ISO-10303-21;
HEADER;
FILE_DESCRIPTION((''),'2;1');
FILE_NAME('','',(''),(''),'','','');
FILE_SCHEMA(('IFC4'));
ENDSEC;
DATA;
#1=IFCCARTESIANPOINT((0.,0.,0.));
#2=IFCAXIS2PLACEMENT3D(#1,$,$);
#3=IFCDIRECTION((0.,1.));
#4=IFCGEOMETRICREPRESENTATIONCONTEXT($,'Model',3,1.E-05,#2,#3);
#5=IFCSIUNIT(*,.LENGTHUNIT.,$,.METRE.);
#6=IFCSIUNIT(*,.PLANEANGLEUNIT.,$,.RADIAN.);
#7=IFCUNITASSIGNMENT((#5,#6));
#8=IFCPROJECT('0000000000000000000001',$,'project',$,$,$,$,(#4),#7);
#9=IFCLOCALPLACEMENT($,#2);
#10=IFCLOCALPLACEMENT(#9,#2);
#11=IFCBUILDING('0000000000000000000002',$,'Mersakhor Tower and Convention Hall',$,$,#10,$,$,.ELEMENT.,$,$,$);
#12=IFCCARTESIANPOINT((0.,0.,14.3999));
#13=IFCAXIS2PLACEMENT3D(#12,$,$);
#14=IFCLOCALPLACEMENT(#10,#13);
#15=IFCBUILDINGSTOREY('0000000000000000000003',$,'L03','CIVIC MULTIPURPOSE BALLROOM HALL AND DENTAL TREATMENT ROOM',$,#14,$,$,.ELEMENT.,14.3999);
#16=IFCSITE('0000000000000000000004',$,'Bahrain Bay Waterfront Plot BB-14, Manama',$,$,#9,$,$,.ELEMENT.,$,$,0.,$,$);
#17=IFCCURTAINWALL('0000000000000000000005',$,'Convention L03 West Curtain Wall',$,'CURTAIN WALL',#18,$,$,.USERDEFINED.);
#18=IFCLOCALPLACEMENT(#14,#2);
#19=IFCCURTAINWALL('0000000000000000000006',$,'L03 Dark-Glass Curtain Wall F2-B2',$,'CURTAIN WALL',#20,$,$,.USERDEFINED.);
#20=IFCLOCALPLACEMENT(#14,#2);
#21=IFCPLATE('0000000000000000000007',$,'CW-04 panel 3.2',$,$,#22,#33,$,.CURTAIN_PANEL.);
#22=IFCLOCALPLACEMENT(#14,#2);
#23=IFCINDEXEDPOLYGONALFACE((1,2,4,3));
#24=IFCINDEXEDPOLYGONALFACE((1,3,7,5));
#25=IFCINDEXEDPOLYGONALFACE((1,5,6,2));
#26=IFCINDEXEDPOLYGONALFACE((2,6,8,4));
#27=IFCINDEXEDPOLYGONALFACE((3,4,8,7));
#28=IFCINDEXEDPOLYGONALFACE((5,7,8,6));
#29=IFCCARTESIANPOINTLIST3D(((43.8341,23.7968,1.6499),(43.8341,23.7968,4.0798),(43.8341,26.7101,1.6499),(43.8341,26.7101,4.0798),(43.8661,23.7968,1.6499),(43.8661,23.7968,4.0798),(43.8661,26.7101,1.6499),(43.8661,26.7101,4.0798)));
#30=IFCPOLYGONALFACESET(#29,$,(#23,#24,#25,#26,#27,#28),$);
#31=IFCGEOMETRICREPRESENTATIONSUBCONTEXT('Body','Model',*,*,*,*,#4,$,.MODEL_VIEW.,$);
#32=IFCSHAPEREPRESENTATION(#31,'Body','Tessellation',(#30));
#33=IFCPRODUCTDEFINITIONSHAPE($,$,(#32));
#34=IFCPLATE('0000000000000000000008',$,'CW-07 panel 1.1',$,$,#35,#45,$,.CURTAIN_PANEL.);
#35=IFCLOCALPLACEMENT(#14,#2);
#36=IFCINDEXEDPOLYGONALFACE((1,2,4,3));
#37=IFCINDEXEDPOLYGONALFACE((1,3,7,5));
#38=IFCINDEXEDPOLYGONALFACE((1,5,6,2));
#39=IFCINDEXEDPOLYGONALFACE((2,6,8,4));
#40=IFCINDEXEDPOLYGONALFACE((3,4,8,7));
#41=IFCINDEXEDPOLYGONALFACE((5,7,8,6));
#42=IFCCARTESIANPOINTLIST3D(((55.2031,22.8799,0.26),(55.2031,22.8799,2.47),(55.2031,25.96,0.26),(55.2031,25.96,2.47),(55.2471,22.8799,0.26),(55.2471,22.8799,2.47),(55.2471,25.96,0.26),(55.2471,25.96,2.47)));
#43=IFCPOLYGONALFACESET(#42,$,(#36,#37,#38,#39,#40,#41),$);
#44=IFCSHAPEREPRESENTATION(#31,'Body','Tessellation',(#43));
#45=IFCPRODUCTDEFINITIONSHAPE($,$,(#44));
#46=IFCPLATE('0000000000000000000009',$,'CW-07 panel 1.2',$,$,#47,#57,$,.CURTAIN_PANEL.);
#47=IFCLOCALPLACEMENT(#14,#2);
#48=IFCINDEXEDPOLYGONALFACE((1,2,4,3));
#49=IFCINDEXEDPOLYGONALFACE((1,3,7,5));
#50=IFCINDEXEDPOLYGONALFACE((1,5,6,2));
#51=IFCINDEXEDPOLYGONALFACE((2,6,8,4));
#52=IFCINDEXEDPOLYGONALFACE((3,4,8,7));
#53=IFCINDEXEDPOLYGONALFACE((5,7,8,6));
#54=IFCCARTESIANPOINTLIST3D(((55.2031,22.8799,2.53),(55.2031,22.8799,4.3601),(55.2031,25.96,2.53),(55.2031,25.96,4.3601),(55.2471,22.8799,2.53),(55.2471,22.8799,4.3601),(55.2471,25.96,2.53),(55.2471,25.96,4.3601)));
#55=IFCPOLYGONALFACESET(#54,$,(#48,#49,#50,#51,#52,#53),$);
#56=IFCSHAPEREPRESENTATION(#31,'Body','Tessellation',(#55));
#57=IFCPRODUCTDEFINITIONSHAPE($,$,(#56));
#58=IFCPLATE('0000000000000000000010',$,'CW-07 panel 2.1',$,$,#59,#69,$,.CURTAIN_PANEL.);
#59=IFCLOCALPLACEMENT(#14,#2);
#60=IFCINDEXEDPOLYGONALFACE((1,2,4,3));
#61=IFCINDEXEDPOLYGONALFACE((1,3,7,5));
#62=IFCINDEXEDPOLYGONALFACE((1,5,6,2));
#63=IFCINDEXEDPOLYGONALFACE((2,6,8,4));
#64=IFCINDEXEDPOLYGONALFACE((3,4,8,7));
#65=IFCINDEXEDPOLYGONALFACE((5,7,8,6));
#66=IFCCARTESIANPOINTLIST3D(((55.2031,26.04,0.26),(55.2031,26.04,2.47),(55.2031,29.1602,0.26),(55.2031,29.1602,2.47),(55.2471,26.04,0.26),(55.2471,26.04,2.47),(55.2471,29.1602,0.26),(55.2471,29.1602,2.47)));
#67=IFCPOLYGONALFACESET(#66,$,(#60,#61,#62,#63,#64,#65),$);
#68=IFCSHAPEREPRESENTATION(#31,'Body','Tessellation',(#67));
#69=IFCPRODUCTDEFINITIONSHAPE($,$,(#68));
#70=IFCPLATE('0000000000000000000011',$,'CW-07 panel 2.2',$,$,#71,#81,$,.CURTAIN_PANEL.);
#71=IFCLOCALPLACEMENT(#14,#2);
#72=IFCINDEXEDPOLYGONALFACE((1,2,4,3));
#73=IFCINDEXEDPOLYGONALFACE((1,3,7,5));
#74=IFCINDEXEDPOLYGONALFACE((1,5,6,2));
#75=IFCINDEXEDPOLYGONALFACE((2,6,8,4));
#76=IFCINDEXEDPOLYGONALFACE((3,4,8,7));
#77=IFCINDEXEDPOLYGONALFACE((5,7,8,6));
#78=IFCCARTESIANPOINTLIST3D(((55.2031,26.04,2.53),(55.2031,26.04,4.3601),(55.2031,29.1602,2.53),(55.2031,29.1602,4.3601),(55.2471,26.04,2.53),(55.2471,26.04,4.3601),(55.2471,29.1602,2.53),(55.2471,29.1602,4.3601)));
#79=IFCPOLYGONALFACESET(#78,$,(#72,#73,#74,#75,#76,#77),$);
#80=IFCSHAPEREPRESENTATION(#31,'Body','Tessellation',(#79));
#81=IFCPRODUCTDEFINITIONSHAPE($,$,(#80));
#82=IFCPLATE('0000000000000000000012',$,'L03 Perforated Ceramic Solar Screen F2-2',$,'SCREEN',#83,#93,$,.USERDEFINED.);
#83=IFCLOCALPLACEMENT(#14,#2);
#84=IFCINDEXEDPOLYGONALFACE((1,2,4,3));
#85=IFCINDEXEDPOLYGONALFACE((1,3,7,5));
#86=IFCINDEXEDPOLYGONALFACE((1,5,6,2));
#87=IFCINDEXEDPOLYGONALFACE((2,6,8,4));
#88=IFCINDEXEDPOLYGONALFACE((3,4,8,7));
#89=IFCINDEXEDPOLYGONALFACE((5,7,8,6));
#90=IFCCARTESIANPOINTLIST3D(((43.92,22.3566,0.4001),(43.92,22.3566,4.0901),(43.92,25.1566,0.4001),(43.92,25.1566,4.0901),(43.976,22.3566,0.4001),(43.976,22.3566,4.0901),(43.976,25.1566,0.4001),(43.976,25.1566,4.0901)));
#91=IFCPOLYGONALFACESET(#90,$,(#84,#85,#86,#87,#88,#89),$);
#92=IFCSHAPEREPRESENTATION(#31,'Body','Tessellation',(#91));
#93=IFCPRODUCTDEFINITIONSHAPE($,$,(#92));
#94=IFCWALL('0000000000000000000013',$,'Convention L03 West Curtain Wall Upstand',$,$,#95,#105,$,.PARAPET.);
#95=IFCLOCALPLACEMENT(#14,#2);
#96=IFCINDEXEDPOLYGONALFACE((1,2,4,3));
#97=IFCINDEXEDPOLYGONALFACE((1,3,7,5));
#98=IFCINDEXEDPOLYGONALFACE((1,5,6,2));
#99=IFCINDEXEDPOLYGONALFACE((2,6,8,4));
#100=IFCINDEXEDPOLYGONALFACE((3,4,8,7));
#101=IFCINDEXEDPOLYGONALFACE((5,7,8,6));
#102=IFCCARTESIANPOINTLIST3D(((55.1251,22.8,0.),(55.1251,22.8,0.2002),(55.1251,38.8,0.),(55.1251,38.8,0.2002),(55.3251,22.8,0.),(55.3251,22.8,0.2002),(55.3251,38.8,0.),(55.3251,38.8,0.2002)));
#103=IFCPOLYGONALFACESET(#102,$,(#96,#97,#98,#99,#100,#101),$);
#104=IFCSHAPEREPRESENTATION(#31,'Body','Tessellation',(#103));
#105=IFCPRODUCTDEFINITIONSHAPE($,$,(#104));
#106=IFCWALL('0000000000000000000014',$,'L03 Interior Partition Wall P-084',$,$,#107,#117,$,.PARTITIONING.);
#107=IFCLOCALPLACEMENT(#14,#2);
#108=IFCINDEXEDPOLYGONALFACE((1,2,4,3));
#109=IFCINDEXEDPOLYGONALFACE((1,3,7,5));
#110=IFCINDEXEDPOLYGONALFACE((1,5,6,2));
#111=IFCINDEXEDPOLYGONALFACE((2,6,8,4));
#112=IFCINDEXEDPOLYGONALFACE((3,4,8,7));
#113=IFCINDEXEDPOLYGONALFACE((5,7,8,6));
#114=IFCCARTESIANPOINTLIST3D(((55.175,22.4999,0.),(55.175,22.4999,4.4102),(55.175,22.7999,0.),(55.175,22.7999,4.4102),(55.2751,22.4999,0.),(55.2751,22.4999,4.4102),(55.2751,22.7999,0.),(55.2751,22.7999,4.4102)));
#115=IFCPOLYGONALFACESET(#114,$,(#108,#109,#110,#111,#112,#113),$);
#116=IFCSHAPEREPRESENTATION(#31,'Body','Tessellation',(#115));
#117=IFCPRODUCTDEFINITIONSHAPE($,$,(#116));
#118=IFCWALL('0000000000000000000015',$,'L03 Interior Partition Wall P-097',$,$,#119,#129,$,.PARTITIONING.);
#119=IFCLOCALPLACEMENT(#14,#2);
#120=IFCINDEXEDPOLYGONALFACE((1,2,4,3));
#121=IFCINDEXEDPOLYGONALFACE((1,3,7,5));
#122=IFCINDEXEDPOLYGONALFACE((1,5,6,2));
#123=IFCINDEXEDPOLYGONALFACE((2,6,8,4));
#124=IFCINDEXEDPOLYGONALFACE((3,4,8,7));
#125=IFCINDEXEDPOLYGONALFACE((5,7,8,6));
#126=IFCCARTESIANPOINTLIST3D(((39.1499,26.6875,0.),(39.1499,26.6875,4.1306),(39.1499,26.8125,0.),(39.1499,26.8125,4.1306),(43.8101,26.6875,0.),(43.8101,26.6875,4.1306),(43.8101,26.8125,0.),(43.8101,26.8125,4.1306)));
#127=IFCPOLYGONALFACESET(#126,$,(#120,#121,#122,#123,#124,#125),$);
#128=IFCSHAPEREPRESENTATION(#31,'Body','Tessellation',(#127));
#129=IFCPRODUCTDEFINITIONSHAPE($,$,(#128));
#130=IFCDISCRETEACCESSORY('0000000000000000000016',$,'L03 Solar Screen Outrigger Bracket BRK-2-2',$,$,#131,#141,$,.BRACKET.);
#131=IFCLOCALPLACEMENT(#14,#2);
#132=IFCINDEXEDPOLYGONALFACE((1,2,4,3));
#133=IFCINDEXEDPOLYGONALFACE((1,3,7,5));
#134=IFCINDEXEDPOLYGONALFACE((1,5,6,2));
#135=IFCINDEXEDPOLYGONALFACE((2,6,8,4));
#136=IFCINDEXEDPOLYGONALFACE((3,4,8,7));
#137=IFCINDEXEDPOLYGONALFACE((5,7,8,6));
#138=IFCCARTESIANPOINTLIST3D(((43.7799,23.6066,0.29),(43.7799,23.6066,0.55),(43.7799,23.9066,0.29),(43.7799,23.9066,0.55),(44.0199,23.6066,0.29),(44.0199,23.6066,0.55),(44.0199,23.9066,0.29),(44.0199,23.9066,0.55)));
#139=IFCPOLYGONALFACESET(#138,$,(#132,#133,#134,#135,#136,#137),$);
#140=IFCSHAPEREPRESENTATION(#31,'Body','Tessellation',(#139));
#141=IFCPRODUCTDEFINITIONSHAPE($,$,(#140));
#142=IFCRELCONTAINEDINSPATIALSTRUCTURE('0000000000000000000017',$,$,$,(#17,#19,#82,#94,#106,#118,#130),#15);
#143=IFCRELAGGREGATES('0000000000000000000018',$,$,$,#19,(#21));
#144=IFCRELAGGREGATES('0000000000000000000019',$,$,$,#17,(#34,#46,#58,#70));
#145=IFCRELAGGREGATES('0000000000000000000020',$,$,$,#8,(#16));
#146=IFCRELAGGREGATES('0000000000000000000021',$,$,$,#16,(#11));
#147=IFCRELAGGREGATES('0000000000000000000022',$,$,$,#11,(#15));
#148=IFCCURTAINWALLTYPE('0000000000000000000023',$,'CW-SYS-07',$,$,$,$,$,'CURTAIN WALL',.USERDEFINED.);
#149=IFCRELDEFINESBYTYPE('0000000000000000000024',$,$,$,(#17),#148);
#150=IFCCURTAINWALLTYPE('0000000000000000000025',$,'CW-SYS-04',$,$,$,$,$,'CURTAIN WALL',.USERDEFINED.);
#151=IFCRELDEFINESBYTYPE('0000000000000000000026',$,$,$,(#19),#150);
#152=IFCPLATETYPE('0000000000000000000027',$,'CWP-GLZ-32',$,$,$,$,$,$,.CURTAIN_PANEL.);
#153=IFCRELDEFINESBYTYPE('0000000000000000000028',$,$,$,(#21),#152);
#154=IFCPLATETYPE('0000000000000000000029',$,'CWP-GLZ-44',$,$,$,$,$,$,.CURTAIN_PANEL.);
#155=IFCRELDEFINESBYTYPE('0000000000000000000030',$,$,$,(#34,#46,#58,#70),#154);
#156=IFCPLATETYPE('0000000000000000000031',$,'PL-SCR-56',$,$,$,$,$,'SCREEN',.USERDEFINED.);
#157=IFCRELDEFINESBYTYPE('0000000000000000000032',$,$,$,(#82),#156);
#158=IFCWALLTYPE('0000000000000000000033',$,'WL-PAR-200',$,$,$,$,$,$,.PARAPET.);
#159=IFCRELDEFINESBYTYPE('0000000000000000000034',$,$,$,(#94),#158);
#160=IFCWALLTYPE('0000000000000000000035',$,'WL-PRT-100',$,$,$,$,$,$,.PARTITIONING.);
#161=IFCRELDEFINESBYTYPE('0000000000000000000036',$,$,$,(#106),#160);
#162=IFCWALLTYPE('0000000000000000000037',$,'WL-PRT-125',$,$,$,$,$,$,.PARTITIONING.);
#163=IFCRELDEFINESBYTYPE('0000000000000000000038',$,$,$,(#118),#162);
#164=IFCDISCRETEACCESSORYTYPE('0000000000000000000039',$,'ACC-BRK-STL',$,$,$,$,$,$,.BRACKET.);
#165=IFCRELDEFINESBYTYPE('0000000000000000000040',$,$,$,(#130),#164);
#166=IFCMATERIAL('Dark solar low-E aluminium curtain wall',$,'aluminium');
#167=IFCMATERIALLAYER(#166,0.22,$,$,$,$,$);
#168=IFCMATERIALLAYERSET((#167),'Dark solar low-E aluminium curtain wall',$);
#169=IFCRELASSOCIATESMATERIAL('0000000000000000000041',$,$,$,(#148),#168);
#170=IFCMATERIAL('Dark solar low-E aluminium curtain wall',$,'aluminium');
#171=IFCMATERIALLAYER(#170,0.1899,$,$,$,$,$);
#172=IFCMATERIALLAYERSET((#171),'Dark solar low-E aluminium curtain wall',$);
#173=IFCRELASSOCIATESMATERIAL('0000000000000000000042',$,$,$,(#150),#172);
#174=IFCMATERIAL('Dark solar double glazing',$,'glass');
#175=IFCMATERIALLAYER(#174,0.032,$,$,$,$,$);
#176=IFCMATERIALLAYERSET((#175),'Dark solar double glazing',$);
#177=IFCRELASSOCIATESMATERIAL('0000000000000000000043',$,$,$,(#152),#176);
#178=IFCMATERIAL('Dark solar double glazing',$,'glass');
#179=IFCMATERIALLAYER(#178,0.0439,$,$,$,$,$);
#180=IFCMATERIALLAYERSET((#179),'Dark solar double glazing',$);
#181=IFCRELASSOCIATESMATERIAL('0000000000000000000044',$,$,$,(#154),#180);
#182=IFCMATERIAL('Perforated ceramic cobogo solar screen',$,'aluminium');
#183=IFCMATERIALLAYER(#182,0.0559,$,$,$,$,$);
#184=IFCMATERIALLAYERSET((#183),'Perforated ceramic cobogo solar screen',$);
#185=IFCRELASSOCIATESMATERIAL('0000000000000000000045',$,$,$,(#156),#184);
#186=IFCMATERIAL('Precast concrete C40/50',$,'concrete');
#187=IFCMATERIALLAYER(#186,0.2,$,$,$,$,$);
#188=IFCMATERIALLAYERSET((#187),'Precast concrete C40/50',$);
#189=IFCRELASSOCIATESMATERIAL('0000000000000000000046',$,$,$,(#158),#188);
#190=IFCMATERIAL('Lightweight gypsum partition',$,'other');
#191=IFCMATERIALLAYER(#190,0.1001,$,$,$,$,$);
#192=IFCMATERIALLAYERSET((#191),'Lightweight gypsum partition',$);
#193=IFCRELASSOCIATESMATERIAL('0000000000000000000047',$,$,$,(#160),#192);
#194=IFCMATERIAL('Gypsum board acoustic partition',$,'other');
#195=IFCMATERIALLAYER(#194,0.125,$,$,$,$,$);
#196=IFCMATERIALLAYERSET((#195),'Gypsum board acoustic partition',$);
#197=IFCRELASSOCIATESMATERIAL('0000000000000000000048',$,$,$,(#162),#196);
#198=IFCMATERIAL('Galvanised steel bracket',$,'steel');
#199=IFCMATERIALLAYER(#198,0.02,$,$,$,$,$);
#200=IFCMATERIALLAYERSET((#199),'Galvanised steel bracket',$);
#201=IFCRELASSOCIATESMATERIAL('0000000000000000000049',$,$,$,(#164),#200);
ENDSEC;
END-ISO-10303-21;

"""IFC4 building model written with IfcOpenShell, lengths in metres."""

from ifc_helpers import new_model, si_unit, direction, frame, frame_2d, origin, origin_2d, place, context, subcontext, project, spatial, rectangle, extrude, material, layer, layer_set, type_object, element, aggregate, save


model = new_model("IFC4")

# Units and contexts
model_context = context("Model", 3, precision=1e-05, world=origin(), true_north=direction((0.0, 1.0)))
body_context = subcontext(model_context, "Body", "Model", "MODEL_VIEW")
ifc_project = project(units=[si_unit("LENGTHUNIT", "METRE"), si_unit("PLANEANGLEUNIT", "RADIAN")], contexts=[model_context])

# Site, building, storey
site_placement = place(None, origin())
site = spatial("IfcSite", under=ifc_project, at=site_placement, Name="Bahrain Bay Waterfront Plot BB-14, Manama", CompositionType="ELEMENT", RefElevation=0.0)
building_placement = place(site_placement, origin())
building = spatial("IfcBuilding", under=site, at=building_placement, Name="Mersakhor Tower and Convention Hall", CompositionType="ELEMENT")
storey_placement = place(building_placement, frame((0.0, 0.0, 14.3999)))
storey = spatial("IfcBuildingStorey", under=building, at=storey_placement, Name="L03", Description="CIVIC MULTIPURPOSE BALLROOM HALL AND DENTAL TREATMENT ROOM", CompositionType="ELEMENT", Elevation=14.3999)

# Curtain walls
ifc_material_1 = material(Name="Dark solar low-E aluminium curtain wall", Category="aluminium")
ifc_layer_1 = layer(ifc_material_1, 0.22)
ifc_layer_set_1 = layer_set([ifc_layer_1], Name="Dark solar low-E aluminium curtain wall")
curtain_wall_type_1 = type_object("IfcCurtainWallType", Name="CW-SYS-07", ElementType="CURTAIN WALL", PredefinedType="USERDEFINED", material=ifc_layer_set_1)
curtain_wall_1_placement = place(storey_placement, origin())
curtain_wall_1 = element("IfcCurtainWall", 1, at=curtain_wall_1_placement, inside=storey, type_object=curtain_wall_type_1, Name="Convention L03 West Curtain Wall", ObjectType="CURTAIN WALL", PredefinedType="USERDEFINED")
ifc_material_2 = material(Name="Dark solar low-E aluminium curtain wall", Category="aluminium")
ifc_layer_2 = layer(ifc_material_2, 0.1899)
ifc_layer_set_2 = layer_set([ifc_layer_2], Name="Dark solar low-E aluminium curtain wall")
curtain_wall_type_2 = type_object("IfcCurtainWallType", Name="CW-SYS-04", ElementType="CURTAIN WALL", PredefinedType="USERDEFINED", material=ifc_layer_set_2)
curtain_wall_2_placement = place(storey_placement, origin())
curtain_wall_2 = element("IfcCurtainWall", 2, at=curtain_wall_2_placement, inside=storey, type_object=curtain_wall_type_2, Name="L03 Dark-Glass Curtain Wall F2-B2", ObjectType="CURTAIN WALL", PredefinedType="USERDEFINED")

# Plates
ifc_material_3 = material(Name="Dark solar double glazing", Category="glass")
ifc_layer_3 = layer(ifc_material_3, 0.032)
ifc_layer_set_3 = layer_set([ifc_layer_3], Name="Dark solar double glazing")
plate_type_1 = type_object("IfcPlateType", Name="CWP-GLZ-32", PredefinedType="CURTAIN_PANEL", material=ifc_layer_set_3)
plate_1_placement = place(storey_placement, frame((43.8501, 25.2534, 1.6499), z_axis=(0.0, 0.0, 1.0), x_axis=(0.0, -1.0, 0.0)))
plate_1 = element("IfcPlate", 3, at=plate_1_placement, type_object=plate_type_1, Name="CW-04 panel 3.2", PredefinedType="CURTAIN_PANEL", context=body_context, shape_type="SweptSolid", body=[
    extrude(rectangle(XDim=2.9133, YDim=0.032, at=origin_2d()), origin(), (0.0, 0.0, 1.0), 2.4299),
])
aggregate(curtain_wall_2, [plate_1])
ifc_material_4 = material(Name="Dark solar double glazing", Category="glass")
ifc_layer_4 = layer(ifc_material_4, 0.0439)
ifc_layer_set_4 = layer_set([ifc_layer_4], Name="Dark solar double glazing")
plate_type_2 = type_object("IfcPlateType", Name="CWP-GLZ-44", PredefinedType="CURTAIN_PANEL", material=ifc_layer_set_4)
plate_2_placement = place(storey_placement, frame((55.2251, 24.4199, 0.26), z_axis=(0.0, 0.0, 1.0), x_axis=(0.0, 1.0, 0.0)))
plate_2 = element("IfcPlate", 4, at=plate_2_placement, type_object=plate_type_2, Name="CW-07 panel 1.1", PredefinedType="CURTAIN_PANEL", context=body_context, shape_type="SweptSolid", body=[
    extrude(rectangle(XDim=3.0801, YDim=0.0439, at=origin_2d()), origin(), (0.0, 0.0, 1.0), 2.21),
])
plate_3_placement = place(storey_placement, frame((55.2251, 24.4199, 2.53), z_axis=(0.0, 0.0, 1.0), x_axis=(0.0, 1.0, 0.0)))
plate_3 = element("IfcPlate", 5, at=plate_3_placement, type_object=plate_type_2, Name="CW-07 panel 1.2", PredefinedType="CURTAIN_PANEL", context=body_context, shape_type="SweptSolid", body=[
    extrude(rectangle(XDim=3.0801, YDim=0.0439, at=origin_2d()), origin(), (0.0, 0.0, 1.0), 1.8301),
])
plate_4_placement = place(storey_placement, frame((55.2251, 27.6001, 0.26), z_axis=(0.0, 0.0, 1.0), x_axis=(0.0, 1.0, 0.0)))
plate_4 = element("IfcPlate", 6, at=plate_4_placement, type_object=plate_type_2, Name="CW-07 panel 2.1", PredefinedType="CURTAIN_PANEL", context=body_context, shape_type="SweptSolid", body=[
    extrude(rectangle(XDim=3.1201, YDim=0.0439, at=origin_2d()), origin(), (0.0, 0.0, 1.0), 2.21),
])
plate_5_placement = place(storey_placement, frame((55.2251, 27.6001, 2.53), z_axis=(0.0, 0.0, 1.0), x_axis=(0.0, 1.0, 0.0)))
plate_5 = element("IfcPlate", 7, at=plate_5_placement, type_object=plate_type_2, Name="CW-07 panel 2.2", PredefinedType="CURTAIN_PANEL", context=body_context, shape_type="SweptSolid", body=[
    extrude(rectangle(XDim=3.1201, YDim=0.0439, at=origin_2d()), origin(), (0.0, 0.0, 1.0), 1.8301),
])
aggregate(curtain_wall_1, [plate_2, plate_3, plate_4, plate_5])
ifc_material_5 = material(Name="Perforated ceramic cobogo solar screen", Category="aluminium")
ifc_layer_5 = layer(ifc_material_5, 0.0559)
ifc_layer_set_5 = layer_set([ifc_layer_5], Name="Perforated ceramic cobogo solar screen")
plate_type_3 = type_object("IfcPlateType", Name="PL-SCR-56", ElementType="SCREEN", PredefinedType="USERDEFINED", material=ifc_layer_set_5)
plate_6_placement = place(storey_placement, frame((43.948, 23.7566, 0.4001), z_axis=(0.0, 0.0, 1.0), x_axis=(0.0, -1.0, 0.0)))
element("IfcPlate", 8, at=plate_6_placement, inside=storey, type_object=plate_type_3, Name="L03 Perforated Ceramic Solar Screen F2-2", ObjectType="SCREEN", PredefinedType="USERDEFINED", context=body_context, shape_type="SweptSolid", body=[
    extrude(rectangle(XDim=2.8, YDim=0.0559, at=origin_2d()), origin(), (0.0, 0.0, 1.0), 3.6899),
])

# Walls
ifc_material_6 = material(Name="Precast concrete C40/50", Category="concrete")
ifc_layer_6 = layer(ifc_material_6, 0.2)
ifc_layer_set_6 = layer_set([ifc_layer_6], Name="Precast concrete C40/50")
wall_type_1 = type_object("IfcWallType", Name="WL-PAR-200", PredefinedType="PARAPET", material=ifc_layer_set_6)
wall_1_placement = place(storey_placement, frame((55.2251, 22.8, 0.0), z_axis=(0.0, 0.0, 1.0), x_axis=(0.0, 1.0, 0.0)))
element("IfcWall", 9, at=wall_1_placement, inside=storey, type_object=wall_type_1, Name="Convention L03 West Curtain Wall Upstand", PredefinedType="PARAPET", context=body_context, shape_type="SweptSolid", body=[
    extrude(rectangle(XDim=16.0, YDim=0.2, at=frame_2d((8.0, 0.0))), origin(), (0.0, 0.0, 1.0), 0.2002),
])
ifc_material_7 = material(Name="Lightweight gypsum partition", Category="other")
ifc_layer_7 = layer(ifc_material_7, 0.1001)
ifc_layer_set_7 = layer_set([ifc_layer_7], Name="Lightweight gypsum partition")
wall_type_2 = type_object("IfcWallType", Name="WL-PRT-100", PredefinedType="PARTITIONING", material=ifc_layer_set_7)
wall_2_placement = place(storey_placement, frame((55.2251, 22.5, 0.0), z_axis=(0.0, 0.0, 1.0), x_axis=(0.0, 1.0, 0.0)))
element("IfcWall", 10, at=wall_2_placement, inside=storey, type_object=wall_type_2, Name="L03 Interior Partition Wall P-084", PredefinedType="PARTITIONING", context=body_context, shape_type="SweptSolid", body=[
    extrude(rectangle(XDim=0.3, YDim=0.1001, at=frame_2d((0.1499, 0.0))), origin(), (0.0, 0.0, 1.0), 4.4102),
])
ifc_material_8 = material(Name="Gypsum board acoustic partition", Category="other")
ifc_layer_8 = layer(ifc_material_8, 0.125)
ifc_layer_set_8 = layer_set([ifc_layer_8], Name="Gypsum board acoustic partition")
wall_type_3 = type_object("IfcWallType", Name="WL-PRT-125", PredefinedType="PARTITIONING", material=ifc_layer_set_8)
wall_3_placement = place(storey_placement, frame((43.8101, 26.75, 0.0), z_axis=(0.0, 0.0, 1.0), x_axis=(-1.0, 0.0, 0.0)))
element("IfcWall", 11, at=wall_3_placement, inside=storey, type_object=wall_type_3, Name="L03 Interior Partition Wall P-097", PredefinedType="PARTITIONING", context=body_context, shape_type="SweptSolid", body=[
    extrude(rectangle(XDim=4.6602, YDim=0.125, at=frame_2d((2.3301, 0.0))), origin(), (0.0, 0.0, 1.0), 4.1306),
])

# Discrete accessory
ifc_material_9 = material(Name="Galvanised steel bracket", Category="steel")
ifc_layer_9 = layer(ifc_material_9, 0.02)
ifc_layer_set_9 = layer_set([ifc_layer_9], Name="Galvanised steel bracket")
discrete_accessory_type = type_object("IfcDiscreteAccessoryType", Name="ACC-BRK-STL", PredefinedType="BRACKET", material=ifc_layer_set_9)
discrete_accessory_placement = place(storey_placement, frame((43.8999, 23.7566, 0.29), z_axis=(0.0, 0.0, 1.0), x_axis=(0.0, -1.0, 0.0)))
element("IfcDiscreteAccessory", 12, at=discrete_accessory_placement, inside=storey, type_object=discrete_accessory_type, Name="L03 Solar Screen Outrigger Bracket BRK-2-2", PredefinedType="BRACKET", context=body_context, shape_type="SweptSolid", body=[
    extrude(rectangle(XDim=0.3, YDim=0.24, at=origin_2d()), origin(), (0.0, 0.0, 1.0), 0.26),
])

save(model, "model.ifc")
